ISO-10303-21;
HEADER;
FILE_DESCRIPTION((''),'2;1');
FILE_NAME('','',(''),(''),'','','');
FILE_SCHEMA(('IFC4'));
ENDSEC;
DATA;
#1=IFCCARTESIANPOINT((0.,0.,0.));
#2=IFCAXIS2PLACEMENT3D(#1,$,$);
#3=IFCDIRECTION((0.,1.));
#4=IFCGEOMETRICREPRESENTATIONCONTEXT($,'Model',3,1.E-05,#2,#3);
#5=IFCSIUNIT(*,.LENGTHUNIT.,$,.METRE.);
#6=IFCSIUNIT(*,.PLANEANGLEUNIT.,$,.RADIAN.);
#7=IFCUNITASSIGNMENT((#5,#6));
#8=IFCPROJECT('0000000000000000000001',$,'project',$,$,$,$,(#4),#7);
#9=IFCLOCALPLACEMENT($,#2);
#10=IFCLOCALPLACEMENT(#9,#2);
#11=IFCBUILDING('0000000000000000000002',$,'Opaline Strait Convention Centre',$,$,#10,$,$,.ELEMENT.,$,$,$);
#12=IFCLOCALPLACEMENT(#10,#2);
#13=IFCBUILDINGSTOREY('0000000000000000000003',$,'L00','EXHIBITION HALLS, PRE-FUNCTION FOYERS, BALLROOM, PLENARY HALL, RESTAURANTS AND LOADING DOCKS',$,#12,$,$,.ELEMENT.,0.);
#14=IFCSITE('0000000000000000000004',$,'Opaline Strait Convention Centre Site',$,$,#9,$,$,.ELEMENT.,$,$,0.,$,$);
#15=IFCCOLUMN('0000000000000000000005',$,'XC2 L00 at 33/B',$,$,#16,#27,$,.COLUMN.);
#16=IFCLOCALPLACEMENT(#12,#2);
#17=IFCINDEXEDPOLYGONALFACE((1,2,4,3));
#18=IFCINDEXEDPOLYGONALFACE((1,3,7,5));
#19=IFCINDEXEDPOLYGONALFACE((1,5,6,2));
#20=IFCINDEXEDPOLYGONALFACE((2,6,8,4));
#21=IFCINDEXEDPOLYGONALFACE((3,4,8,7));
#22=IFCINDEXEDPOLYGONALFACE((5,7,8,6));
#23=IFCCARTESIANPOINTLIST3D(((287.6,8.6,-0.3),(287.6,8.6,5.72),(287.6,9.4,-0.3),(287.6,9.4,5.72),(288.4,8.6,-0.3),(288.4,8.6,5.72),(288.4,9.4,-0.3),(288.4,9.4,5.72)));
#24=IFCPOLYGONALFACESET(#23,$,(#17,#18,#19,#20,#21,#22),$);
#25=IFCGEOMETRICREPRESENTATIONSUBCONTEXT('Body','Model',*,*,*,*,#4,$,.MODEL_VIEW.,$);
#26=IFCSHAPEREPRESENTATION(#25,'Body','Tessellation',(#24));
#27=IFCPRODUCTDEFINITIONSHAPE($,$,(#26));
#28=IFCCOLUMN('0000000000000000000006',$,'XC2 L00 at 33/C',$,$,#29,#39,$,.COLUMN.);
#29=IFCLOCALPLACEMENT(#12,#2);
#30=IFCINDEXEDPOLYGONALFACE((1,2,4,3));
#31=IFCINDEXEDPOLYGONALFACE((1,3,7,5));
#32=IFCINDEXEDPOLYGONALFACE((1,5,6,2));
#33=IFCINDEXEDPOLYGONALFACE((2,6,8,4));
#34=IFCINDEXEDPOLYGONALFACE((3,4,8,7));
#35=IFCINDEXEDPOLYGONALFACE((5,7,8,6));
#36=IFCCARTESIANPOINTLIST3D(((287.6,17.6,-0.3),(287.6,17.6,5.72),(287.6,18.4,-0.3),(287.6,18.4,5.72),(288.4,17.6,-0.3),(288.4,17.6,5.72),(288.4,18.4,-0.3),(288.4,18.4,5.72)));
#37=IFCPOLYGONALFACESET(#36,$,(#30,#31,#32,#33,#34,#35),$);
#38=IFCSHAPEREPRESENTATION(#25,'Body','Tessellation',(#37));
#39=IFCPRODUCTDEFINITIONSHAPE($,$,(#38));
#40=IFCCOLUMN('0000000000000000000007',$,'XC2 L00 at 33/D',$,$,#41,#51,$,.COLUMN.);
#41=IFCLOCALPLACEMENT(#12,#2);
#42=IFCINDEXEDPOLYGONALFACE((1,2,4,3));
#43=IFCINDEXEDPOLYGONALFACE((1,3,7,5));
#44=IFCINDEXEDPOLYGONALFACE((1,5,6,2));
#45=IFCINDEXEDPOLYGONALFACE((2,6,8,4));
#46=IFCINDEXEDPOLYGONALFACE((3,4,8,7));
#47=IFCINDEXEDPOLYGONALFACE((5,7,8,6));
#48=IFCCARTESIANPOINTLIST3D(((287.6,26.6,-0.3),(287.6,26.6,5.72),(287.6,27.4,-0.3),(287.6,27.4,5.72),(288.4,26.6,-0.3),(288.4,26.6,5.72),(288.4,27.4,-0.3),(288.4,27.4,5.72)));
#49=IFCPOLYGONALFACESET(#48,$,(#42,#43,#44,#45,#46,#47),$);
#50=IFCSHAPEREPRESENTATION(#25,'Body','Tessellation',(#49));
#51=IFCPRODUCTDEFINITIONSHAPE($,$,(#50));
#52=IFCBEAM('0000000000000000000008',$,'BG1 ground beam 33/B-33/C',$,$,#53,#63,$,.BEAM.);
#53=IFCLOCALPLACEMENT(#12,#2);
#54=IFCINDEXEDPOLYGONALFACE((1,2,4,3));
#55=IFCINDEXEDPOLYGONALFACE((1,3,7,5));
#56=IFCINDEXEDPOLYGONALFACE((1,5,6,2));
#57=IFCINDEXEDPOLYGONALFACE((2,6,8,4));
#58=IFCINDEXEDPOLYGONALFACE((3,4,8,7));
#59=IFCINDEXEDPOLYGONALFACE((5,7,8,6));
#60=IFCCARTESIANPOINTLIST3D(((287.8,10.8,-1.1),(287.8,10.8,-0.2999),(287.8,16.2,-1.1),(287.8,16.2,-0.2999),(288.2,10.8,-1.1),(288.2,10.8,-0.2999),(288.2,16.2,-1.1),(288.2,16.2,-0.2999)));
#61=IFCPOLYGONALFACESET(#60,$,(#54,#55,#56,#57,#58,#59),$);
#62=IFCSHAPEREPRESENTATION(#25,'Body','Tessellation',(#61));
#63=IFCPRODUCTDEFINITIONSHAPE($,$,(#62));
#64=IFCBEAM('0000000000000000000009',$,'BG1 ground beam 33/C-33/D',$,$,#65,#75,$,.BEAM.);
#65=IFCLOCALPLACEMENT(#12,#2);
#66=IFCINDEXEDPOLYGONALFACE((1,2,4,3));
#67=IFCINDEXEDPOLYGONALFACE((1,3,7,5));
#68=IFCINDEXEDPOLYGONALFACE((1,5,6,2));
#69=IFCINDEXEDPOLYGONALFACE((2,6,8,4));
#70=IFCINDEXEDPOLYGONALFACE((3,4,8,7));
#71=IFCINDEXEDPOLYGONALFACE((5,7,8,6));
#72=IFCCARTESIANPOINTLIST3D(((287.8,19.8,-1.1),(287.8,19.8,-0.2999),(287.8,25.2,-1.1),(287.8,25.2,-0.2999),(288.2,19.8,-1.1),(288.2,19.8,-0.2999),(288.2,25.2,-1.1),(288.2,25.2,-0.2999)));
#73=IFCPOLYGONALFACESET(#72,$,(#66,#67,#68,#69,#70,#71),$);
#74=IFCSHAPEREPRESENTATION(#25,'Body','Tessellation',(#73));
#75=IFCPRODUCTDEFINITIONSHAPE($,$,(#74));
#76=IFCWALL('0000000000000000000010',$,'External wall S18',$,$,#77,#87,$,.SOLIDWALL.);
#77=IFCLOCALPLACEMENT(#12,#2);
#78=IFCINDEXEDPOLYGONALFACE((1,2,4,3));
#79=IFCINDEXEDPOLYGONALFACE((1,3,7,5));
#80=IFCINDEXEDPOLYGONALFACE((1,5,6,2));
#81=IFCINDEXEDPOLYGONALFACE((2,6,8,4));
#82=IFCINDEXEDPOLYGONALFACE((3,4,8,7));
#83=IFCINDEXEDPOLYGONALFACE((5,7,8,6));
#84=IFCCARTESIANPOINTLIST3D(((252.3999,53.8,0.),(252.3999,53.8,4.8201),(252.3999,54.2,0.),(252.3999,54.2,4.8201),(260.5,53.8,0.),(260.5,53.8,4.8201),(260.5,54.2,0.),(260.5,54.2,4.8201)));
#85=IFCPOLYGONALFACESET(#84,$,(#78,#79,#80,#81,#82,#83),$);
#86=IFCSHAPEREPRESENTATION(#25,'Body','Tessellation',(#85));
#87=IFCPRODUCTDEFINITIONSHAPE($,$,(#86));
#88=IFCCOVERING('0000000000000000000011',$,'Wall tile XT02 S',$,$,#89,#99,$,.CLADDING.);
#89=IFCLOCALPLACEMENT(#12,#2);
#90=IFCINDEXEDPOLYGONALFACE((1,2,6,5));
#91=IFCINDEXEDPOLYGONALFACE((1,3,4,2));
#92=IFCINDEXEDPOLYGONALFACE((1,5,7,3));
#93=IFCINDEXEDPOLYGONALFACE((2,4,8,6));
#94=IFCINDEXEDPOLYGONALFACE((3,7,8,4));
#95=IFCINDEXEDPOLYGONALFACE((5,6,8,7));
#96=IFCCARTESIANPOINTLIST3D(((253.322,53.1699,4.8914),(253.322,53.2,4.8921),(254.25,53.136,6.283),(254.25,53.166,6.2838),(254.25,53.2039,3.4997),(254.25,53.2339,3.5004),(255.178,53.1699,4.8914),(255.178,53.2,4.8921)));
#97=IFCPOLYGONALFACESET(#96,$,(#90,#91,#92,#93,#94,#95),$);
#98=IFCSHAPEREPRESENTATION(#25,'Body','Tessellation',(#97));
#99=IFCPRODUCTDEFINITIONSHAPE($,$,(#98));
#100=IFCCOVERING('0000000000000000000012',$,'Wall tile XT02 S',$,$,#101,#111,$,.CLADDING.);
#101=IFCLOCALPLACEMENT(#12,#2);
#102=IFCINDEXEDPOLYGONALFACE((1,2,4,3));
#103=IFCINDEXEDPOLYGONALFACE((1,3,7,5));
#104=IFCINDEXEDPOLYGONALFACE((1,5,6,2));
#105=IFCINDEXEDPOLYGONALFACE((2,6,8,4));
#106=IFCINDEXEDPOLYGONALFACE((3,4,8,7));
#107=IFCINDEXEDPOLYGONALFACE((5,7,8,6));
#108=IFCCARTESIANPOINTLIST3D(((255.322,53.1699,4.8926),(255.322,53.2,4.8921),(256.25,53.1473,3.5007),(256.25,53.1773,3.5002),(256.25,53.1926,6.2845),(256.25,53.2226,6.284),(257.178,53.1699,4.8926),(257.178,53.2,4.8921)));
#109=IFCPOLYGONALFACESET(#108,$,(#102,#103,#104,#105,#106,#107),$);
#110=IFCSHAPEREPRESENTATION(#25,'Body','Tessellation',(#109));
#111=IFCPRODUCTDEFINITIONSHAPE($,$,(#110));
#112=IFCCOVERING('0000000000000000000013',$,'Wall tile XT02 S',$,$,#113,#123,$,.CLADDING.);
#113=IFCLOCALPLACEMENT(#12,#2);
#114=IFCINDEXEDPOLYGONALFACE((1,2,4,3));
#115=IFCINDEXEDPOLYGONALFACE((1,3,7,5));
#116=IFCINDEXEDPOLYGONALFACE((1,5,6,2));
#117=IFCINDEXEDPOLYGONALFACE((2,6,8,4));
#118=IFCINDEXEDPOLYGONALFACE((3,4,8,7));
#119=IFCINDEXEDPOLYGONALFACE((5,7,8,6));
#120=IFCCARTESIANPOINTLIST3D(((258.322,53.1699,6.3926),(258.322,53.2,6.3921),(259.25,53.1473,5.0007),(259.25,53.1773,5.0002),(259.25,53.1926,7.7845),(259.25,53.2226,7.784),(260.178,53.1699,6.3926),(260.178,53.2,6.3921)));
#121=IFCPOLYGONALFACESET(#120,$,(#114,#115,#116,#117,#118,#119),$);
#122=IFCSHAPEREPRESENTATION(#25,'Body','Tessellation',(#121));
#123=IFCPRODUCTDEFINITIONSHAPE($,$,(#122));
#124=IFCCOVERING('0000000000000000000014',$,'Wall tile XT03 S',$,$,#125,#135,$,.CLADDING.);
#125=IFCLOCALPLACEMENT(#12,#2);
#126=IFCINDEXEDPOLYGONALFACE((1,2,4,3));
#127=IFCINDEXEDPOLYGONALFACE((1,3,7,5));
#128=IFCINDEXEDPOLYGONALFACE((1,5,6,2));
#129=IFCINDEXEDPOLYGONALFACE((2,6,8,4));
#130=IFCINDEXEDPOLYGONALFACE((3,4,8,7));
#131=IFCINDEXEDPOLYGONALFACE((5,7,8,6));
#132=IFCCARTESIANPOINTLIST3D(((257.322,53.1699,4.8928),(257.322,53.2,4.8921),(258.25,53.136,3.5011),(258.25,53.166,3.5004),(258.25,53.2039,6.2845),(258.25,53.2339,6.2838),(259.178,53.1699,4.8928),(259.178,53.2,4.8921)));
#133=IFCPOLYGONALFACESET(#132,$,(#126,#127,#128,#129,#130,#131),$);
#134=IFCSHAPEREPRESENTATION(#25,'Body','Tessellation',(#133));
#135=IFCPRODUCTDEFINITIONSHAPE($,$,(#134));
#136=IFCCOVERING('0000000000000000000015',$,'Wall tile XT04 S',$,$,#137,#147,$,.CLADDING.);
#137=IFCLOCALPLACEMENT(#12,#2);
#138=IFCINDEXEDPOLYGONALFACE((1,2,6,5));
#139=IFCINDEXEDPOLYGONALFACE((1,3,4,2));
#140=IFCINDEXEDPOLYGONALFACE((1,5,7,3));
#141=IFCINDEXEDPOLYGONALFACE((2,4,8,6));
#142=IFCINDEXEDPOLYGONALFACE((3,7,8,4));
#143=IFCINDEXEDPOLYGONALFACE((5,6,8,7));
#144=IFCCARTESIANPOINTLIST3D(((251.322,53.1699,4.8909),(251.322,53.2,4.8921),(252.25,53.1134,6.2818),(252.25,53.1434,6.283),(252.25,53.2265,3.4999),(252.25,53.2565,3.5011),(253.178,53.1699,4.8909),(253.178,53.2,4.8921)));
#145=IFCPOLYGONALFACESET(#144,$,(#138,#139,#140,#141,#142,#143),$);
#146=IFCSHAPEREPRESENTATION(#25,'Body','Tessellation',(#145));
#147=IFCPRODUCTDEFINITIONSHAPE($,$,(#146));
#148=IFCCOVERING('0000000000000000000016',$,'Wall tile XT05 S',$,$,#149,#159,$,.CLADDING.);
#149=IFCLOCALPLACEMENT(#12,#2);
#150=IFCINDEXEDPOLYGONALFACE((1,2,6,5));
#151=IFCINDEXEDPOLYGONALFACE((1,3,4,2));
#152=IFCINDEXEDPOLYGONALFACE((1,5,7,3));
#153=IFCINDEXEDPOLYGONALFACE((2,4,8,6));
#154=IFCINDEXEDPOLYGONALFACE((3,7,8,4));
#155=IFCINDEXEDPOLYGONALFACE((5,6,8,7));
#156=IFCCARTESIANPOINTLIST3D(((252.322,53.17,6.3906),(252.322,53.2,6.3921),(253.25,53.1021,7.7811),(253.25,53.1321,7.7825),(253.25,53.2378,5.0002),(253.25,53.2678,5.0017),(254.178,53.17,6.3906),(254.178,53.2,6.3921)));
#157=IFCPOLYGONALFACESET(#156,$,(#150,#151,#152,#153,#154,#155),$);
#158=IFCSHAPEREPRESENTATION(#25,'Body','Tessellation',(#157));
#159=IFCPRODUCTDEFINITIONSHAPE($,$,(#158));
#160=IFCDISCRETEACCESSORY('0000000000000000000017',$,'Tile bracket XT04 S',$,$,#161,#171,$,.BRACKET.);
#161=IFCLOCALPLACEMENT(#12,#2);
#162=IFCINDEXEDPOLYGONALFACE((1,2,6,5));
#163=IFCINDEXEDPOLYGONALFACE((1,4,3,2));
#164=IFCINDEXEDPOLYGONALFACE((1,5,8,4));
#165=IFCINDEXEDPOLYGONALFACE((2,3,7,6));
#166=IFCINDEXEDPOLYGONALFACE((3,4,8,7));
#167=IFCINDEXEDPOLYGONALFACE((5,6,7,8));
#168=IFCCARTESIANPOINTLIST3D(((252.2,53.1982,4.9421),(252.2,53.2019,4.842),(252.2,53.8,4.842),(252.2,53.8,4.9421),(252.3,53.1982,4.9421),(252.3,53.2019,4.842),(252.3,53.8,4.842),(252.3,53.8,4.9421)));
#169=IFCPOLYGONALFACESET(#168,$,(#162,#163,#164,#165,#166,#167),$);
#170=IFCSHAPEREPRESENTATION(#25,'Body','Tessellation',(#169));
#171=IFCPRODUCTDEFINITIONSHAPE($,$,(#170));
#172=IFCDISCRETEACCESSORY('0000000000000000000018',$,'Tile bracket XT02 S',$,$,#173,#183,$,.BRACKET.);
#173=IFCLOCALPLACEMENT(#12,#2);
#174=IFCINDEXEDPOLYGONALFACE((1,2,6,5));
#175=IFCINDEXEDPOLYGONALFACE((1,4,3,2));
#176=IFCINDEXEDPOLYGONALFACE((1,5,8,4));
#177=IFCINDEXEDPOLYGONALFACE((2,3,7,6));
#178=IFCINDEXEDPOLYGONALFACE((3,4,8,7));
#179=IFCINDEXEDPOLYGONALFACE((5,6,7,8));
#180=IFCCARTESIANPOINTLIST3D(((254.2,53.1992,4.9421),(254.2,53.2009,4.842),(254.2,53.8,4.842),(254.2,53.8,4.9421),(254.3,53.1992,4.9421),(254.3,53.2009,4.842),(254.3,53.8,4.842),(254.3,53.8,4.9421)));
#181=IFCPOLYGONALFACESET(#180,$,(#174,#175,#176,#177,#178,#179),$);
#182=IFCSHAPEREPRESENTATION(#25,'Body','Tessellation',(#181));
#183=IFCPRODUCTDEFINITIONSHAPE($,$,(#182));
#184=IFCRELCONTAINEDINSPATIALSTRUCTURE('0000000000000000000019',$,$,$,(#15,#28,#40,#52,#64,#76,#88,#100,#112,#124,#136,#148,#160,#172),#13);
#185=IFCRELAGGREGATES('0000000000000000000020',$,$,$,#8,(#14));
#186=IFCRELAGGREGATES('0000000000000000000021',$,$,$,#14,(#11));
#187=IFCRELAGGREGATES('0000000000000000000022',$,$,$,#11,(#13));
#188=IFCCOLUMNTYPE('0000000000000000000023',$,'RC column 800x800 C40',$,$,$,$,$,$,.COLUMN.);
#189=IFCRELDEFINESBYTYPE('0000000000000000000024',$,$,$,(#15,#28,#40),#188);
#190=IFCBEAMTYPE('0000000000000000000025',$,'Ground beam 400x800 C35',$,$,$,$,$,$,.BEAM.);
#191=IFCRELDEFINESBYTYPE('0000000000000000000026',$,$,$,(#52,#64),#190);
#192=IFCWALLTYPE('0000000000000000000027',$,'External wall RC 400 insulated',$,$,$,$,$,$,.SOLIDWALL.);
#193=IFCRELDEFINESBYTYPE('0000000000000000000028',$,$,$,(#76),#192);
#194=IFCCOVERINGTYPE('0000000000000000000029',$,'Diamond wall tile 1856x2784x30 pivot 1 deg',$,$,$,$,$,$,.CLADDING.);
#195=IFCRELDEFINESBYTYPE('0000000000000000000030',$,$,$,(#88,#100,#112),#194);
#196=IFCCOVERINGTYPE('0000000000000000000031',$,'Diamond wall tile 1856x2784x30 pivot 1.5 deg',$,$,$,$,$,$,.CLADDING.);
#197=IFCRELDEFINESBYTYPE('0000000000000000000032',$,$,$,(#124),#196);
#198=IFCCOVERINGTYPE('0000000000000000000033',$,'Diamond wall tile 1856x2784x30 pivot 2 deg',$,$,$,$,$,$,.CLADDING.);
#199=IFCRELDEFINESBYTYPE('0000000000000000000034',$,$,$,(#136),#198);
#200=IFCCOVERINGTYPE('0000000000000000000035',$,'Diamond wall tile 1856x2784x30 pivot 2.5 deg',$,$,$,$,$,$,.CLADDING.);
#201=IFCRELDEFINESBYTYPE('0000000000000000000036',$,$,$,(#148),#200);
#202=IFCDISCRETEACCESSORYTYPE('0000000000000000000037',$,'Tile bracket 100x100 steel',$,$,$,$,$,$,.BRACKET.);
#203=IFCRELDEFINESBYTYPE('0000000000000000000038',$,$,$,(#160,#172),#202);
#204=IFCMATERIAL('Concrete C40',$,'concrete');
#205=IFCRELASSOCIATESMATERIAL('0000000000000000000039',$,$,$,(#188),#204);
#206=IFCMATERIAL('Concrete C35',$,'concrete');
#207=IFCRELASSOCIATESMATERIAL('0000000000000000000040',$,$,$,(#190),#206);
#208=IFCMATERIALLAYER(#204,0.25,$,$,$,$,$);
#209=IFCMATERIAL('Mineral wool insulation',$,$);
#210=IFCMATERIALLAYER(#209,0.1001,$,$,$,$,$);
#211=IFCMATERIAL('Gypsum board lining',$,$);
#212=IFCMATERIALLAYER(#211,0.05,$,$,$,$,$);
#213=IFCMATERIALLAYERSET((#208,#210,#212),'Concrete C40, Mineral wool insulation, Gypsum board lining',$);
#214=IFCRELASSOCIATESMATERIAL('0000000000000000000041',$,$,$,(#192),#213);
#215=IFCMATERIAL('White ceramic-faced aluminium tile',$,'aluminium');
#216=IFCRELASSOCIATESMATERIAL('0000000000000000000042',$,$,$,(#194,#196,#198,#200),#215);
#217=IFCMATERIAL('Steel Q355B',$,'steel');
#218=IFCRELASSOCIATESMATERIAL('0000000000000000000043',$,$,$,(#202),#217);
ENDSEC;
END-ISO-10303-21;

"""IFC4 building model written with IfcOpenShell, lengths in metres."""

from ifc_helpers import new_model, si_unit, direction, frame, frame_2d, origin, origin_2d, place, context, subcontext, project, spatial, polyline, rectangle, outline, extrude, material, layer, layer_set, material_profile, profile_set, type_object, element, save


model = new_model("IFC4")

# Units and contexts
model_context = context("Model", 3, precision=1e-05, world=origin(), true_north=direction((0.0, 1.0)))
body_context = subcontext(model_context, "Body", "Model", "MODEL_VIEW")
ifc_project = project(units=[si_unit("LENGTHUNIT", "METRE"), si_unit("PLANEANGLEUNIT", "RADIAN")], contexts=[model_context])

# Site, building, storey
site_placement = place(None, origin())
site = spatial("IfcSite", under=ifc_project, at=site_placement, Name="Opaline Strait Convention Centre Site", CompositionType="ELEMENT", RefElevation=0.0)
building_placement = place(site_placement, origin())
building = spatial("IfcBuilding", under=site, at=building_placement, Name="Opaline Strait Convention Centre", CompositionType="ELEMENT")
storey_placement = place(building_placement, origin())
storey = spatial("IfcBuildingStorey", under=building, at=storey_placement, Name="L00", Description="EXHIBITION HALLS, PRE-FUNCTION FOYERS, BALLROOM, PLENARY HALL, RESTAURANTS AND LOADING DOCKS", CompositionType="ELEMENT", Elevation=0.0)

# Shared definitions
ifc_material_1 = material(Name="Concrete C35", Category="concrete")

# Columns
ifc_material_2 = material(Name="Concrete C40", Category="concrete")
ifc_material_profile_1 = material_profile(ifc_material_2, rectangle(XDim=0.8, YDim=0.8, at=origin_2d()), Name="RC 800x800")
ifc_profile_set_1 = profile_set([ifc_material_profile_1], Name="Concrete C40")
column_type = type_object("IfcColumnType", Name="RC column 800x800 C40", PredefinedType="COLUMN", material=ifc_profile_set_1)
for number, where, z_axis, x_axis, name in (
    (1, (288.0, 9.0, -0.3), (0.0, 0.0, 1.0), (1.0, 0.0, 0.0), "XC2 L00 at 33/B"),
    (2, (288.0, 18.0, -0.3), (0.0, 0.0, 1.0), (1.0, 0.0, 0.0), "XC2 L00 at 33/C"),
    (3, (288.0, 27.0, -0.3), (0.0, 0.0, 1.0), (1.0, 0.0, 0.0), "XC2 L00 at 33/D"),
):
    element("IfcColumn", number, at=place(storey_placement, frame(where, z_axis=z_axis, x_axis=x_axis)), inside=storey, type_object=column_type, Name=name, PredefinedType="COLUMN", context=body_context, shape_type="SweptSolid", body=[
        extrude(rectangle(XDim=0.8, YDim=0.8, at=origin_2d()), origin(), (0.0, 0.0, 1.0), 6.02),
    ])

# Beams
ifc_material_profile_2 = material_profile(ifc_material_1, rectangle(XDim=0.3999, YDim=0.8, at=origin_2d()), Name="RC 400x800")
ifc_profile_set_2 = profile_set([ifc_material_profile_2], Name="Concrete C35")
beam_type = type_object("IfcBeamType", Name="Ground beam 400x800 C35", PredefinedType="BEAM", material=ifc_profile_set_2)
for number, where, z_axis, x_axis, name in (
    (4, (288.0, 10.8, -0.7), (0.0, 1.0, 0.0), (-1.0, 0.0, 0.0), "BG1 ground beam 33/B-33/C"),
    (5, (288.0, 19.8, -0.7), (0.0, 1.0, 0.0), (-1.0, 0.0, 0.0), "BG1 ground beam 33/C-33/D"),
):
    element("IfcBeam", number, at=place(storey_placement, frame(where, z_axis=z_axis, x_axis=x_axis)), inside=storey, type_object=beam_type, Name=name, PredefinedType="BEAM", context=body_context, shape_type="SweptSolid", body=[
        extrude(rectangle(XDim=0.3999, YDim=0.8, at=origin_2d()), origin(), (0.0, 0.0, 1.0), 5.3999),
    ])

# Wall
ifc_layer_1 = layer(ifc_material_2, 0.25)
ifc_material_3 = material(Name="Mineral wool insulation")
ifc_layer_2 = layer(ifc_material_3, 0.1001)
ifc_material_4 = material(Name="Gypsum board lining")
ifc_layer_3 = layer(ifc_material_4, 0.05)
ifc_layer_set = layer_set([ifc_layer_1, ifc_layer_2, ifc_layer_3], Name="Concrete C40, Mineral wool insulation, Gypsum board lining")
wall_type = type_object("IfcWallType", Name="External wall RC 400 insulated", PredefinedType="SOLIDWALL", material=ifc_layer_set)
wall_placement = place(storey_placement, frame((252.3999, 54.0, 0.0), z_axis=(0.0, 0.0, 1.0), x_axis=(1.0, 0.0, 0.0)))
element("IfcWall", 6, at=wall_placement, inside=storey, type_object=wall_type, Name="External wall S18", PredefinedType="SOLIDWALL", context=body_context, shape_type="SweptSolid", body=[
    extrude(rectangle(XDim=8.1001, YDim=0.3999, at=frame_2d((4.05, 0.0))), origin(), (0.0, 0.0, 1.0), 4.8201),
])

# Coverings
ifc_material_5 = material(Name="White ceramic-faced aluminium tile", Category="aluminium")
ifc_material_profile_3 = material_profile(ifc_material_5, outline(polyline([(0.928, 0.0), (0.0, 1.3921), (-0.928, 0.0), (0.0, -1.3921), (0.928, 0.0)])), Name="Diamond tile 1856x2784")
ifc_profile_set_3 = profile_set([ifc_material_profile_3], Name="White ceramic-faced aluminium tile")
covering_type_1 = type_object("IfcCoveringType", Name="Diamond wall tile 1856x2784x30 pivot 1 deg", PredefinedType="CLADDING", material=ifc_profile_set_3)
for number, where, z_axis, x_axis, name in (
    (7, (254.25, 53.2, 4.8921), (0.0, -0.999703, -0.024383), (1.0, 0.0, 0.0), "Wall tile XT02 S"),
    (8, (256.25, 53.2, 4.8921), (0.0, -0.999868, 0.016258), (1.0, 0.0, 0.0), "Wall tile XT02 S"),
    (9, (259.25, 53.2, 6.3921), (0.0, -0.999868, 0.016258), (1.0, 0.0, 0.0), "Wall tile XT02 S"),
):
    element("IfcCovering", number, at=place(storey_placement, frame(where, z_axis=z_axis, x_axis=x_axis)), inside=storey, type_object=covering_type_1, Name=name, PredefinedType="CLADDING", context=body_context, shape_type="SweptSolid", body=[
        extrude(outline(polyline([(0.928, 0.0), (0.0, 1.3921), (-0.928, 0.0), (0.0, -1.3921), (0.928, 0.0)])), origin(), (0.0, 0.0, 1.0), 0.03),
    ])
ifc_material_profile_4 = material_profile(ifc_material_5, outline(polyline([(0.928, 0.0), (0.0, 1.3921), (-0.928, 0.0), (0.0, -1.3921), (0.928, 0.0)])), Name="Diamond tile 1856x2784")
ifc_profile_set_4 = profile_set([ifc_material_profile_4], Name="White ceramic-faced aluminium tile")
covering_type_2 = type_object("IfcCoveringType", Name="Diamond wall tile 1856x2784x30 pivot 1.5 deg", PredefinedType="CLADDING", material=ifc_profile_set_4)
covering_1_placement = place(storey_placement, frame((258.25, 53.2, 4.8921), z_axis=(0.0, -0.999703, 0.024383), x_axis=(1.0, 0.0, 0.0)))
element("IfcCovering", 10, at=covering_1_placement, inside=storey, type_object=covering_type_2, Name="Wall tile XT03 S", PredefinedType="CLADDING", context=body_context, shape_type="SweptSolid", body=[
    extrude(outline(polyline([(0.928, 0.0), (0.0, 1.3921), (-0.928, 0.0), (0.0, -1.3921), (0.928, 0.0)])), origin(), (0.0, 0.0, 1.0), 0.03),
])
ifc_material_profile_5 = material_profile(ifc_material_5, outline(polyline([(0.928, 0.0), (0.0, 1.3921), (-0.928, 0.0), (0.0, -1.3921), (0.928, 0.0)])), Name="Diamond tile 1856x2784")
ifc_profile_set_5 = profile_set([ifc_material_profile_5], Name="White ceramic-faced aluminium tile")
covering_type_3 = type_object("IfcCoveringType", Name="Diamond wall tile 1856x2784x30 pivot 2 deg", PredefinedType="CLADDING", material=ifc_profile_set_5)
covering_2_placement = place(storey_placement, frame((252.25, 53.2, 4.8921), z_axis=(0.0, -0.999175, -0.040617), x_axis=(1.0, 0.0, 0.0)))
element("IfcCovering", 11, at=covering_2_placement, inside=storey, type_object=covering_type_3, Name="Wall tile XT04 S", PredefinedType="CLADDING", context=body_context, shape_type="SweptSolid", body=[
    extrude(outline(polyline([(0.928, 0.0), (0.0, 1.3921), (-0.928, 0.0), (0.0, -1.3921), (0.928, 0.0)])), origin(), (0.0, 0.0, 1.0), 0.03),
])
ifc_material_profile_6 = material_profile(ifc_material_5, outline(polyline([(0.928, 0.0), (0.0, 1.3921), (-0.928, 0.0), (0.0, -1.3921), (0.928, 0.0)])), Name="Diamond tile 1856x2784")
ifc_profile_set_6 = profile_set([ifc_material_profile_6], Name="White ceramic-faced aluminium tile")
covering_type_4 = type_object("IfcCoveringType", Name="Diamond wall tile 1856x2784x30 pivot 2.5 deg", PredefinedType="CLADDING", material=ifc_profile_set_6)
covering_3_placement = place(storey_placement, frame((253.25, 53.2, 6.3921), z_axis=(0.0, -0.998812, -0.048723), x_axis=(1.0, 0.0, 0.0)))
element("IfcCovering", 12, at=covering_3_placement, inside=storey, type_object=covering_type_4, Name="Wall tile XT05 S", PredefinedType="CLADDING", context=body_context, shape_type="SweptSolid", body=[
    extrude(outline(polyline([(0.928, 0.0), (0.0, 1.3921), (-0.928, 0.0), (0.0, -1.3921), (0.928, 0.0)])), origin(), (0.0, 0.0, 1.0), 0.03),
])

# Discrete accessories
ifc_material_6 = material(Name="Steel Q355B", Category="steel")
discrete_accessory_type = type_object("IfcDiscreteAccessoryType", Name="Tile bracket 100x100 steel", PredefinedType="BRACKET", material=ifc_material_6)
discrete_accessory_1_placement = place(storey_placement, frame((252.2, 53.8, 4.8921), z_axis=(1.0, 0.0, 0.0), x_axis=(0.0, 1.0, 0.0)))
element("IfcDiscreteAccessory", 13, at=discrete_accessory_1_placement, inside=storey, type_object=discrete_accessory_type, Name="Tile bracket XT04 S", PredefinedType="BRACKET", context=body_context, shape_type="SweptSolid", body=[
    extrude(outline(polyline([(0.0, -0.05), (0.0, 0.05), (-0.6018, 0.05), (-0.5981, -0.05), (0.0, -0.05)])), origin(), (0.0, 0.0, 1.0), 0.1001),
])
discrete_accessory_2_placement = place(storey_placement, frame((254.2, 53.8, 4.8921), z_axis=(1.0, 0.0, 0.0), x_axis=(0.0, 1.0, 0.0)))
element("IfcDiscreteAccessory", 14, at=discrete_accessory_2_placement, inside=storey, type_object=discrete_accessory_type, Name="Tile bracket XT02 S", PredefinedType="BRACKET", context=body_context, shape_type="SweptSolid", body=[
    extrude(outline(polyline([(0.0, -0.05), (0.0, 0.05), (-0.6008, 0.05), (-0.5991, -0.05), (0.0, -0.05)])), origin(), (0.0, 0.0, 1.0), 0.1001),
])

save(model, "model.ifc")
